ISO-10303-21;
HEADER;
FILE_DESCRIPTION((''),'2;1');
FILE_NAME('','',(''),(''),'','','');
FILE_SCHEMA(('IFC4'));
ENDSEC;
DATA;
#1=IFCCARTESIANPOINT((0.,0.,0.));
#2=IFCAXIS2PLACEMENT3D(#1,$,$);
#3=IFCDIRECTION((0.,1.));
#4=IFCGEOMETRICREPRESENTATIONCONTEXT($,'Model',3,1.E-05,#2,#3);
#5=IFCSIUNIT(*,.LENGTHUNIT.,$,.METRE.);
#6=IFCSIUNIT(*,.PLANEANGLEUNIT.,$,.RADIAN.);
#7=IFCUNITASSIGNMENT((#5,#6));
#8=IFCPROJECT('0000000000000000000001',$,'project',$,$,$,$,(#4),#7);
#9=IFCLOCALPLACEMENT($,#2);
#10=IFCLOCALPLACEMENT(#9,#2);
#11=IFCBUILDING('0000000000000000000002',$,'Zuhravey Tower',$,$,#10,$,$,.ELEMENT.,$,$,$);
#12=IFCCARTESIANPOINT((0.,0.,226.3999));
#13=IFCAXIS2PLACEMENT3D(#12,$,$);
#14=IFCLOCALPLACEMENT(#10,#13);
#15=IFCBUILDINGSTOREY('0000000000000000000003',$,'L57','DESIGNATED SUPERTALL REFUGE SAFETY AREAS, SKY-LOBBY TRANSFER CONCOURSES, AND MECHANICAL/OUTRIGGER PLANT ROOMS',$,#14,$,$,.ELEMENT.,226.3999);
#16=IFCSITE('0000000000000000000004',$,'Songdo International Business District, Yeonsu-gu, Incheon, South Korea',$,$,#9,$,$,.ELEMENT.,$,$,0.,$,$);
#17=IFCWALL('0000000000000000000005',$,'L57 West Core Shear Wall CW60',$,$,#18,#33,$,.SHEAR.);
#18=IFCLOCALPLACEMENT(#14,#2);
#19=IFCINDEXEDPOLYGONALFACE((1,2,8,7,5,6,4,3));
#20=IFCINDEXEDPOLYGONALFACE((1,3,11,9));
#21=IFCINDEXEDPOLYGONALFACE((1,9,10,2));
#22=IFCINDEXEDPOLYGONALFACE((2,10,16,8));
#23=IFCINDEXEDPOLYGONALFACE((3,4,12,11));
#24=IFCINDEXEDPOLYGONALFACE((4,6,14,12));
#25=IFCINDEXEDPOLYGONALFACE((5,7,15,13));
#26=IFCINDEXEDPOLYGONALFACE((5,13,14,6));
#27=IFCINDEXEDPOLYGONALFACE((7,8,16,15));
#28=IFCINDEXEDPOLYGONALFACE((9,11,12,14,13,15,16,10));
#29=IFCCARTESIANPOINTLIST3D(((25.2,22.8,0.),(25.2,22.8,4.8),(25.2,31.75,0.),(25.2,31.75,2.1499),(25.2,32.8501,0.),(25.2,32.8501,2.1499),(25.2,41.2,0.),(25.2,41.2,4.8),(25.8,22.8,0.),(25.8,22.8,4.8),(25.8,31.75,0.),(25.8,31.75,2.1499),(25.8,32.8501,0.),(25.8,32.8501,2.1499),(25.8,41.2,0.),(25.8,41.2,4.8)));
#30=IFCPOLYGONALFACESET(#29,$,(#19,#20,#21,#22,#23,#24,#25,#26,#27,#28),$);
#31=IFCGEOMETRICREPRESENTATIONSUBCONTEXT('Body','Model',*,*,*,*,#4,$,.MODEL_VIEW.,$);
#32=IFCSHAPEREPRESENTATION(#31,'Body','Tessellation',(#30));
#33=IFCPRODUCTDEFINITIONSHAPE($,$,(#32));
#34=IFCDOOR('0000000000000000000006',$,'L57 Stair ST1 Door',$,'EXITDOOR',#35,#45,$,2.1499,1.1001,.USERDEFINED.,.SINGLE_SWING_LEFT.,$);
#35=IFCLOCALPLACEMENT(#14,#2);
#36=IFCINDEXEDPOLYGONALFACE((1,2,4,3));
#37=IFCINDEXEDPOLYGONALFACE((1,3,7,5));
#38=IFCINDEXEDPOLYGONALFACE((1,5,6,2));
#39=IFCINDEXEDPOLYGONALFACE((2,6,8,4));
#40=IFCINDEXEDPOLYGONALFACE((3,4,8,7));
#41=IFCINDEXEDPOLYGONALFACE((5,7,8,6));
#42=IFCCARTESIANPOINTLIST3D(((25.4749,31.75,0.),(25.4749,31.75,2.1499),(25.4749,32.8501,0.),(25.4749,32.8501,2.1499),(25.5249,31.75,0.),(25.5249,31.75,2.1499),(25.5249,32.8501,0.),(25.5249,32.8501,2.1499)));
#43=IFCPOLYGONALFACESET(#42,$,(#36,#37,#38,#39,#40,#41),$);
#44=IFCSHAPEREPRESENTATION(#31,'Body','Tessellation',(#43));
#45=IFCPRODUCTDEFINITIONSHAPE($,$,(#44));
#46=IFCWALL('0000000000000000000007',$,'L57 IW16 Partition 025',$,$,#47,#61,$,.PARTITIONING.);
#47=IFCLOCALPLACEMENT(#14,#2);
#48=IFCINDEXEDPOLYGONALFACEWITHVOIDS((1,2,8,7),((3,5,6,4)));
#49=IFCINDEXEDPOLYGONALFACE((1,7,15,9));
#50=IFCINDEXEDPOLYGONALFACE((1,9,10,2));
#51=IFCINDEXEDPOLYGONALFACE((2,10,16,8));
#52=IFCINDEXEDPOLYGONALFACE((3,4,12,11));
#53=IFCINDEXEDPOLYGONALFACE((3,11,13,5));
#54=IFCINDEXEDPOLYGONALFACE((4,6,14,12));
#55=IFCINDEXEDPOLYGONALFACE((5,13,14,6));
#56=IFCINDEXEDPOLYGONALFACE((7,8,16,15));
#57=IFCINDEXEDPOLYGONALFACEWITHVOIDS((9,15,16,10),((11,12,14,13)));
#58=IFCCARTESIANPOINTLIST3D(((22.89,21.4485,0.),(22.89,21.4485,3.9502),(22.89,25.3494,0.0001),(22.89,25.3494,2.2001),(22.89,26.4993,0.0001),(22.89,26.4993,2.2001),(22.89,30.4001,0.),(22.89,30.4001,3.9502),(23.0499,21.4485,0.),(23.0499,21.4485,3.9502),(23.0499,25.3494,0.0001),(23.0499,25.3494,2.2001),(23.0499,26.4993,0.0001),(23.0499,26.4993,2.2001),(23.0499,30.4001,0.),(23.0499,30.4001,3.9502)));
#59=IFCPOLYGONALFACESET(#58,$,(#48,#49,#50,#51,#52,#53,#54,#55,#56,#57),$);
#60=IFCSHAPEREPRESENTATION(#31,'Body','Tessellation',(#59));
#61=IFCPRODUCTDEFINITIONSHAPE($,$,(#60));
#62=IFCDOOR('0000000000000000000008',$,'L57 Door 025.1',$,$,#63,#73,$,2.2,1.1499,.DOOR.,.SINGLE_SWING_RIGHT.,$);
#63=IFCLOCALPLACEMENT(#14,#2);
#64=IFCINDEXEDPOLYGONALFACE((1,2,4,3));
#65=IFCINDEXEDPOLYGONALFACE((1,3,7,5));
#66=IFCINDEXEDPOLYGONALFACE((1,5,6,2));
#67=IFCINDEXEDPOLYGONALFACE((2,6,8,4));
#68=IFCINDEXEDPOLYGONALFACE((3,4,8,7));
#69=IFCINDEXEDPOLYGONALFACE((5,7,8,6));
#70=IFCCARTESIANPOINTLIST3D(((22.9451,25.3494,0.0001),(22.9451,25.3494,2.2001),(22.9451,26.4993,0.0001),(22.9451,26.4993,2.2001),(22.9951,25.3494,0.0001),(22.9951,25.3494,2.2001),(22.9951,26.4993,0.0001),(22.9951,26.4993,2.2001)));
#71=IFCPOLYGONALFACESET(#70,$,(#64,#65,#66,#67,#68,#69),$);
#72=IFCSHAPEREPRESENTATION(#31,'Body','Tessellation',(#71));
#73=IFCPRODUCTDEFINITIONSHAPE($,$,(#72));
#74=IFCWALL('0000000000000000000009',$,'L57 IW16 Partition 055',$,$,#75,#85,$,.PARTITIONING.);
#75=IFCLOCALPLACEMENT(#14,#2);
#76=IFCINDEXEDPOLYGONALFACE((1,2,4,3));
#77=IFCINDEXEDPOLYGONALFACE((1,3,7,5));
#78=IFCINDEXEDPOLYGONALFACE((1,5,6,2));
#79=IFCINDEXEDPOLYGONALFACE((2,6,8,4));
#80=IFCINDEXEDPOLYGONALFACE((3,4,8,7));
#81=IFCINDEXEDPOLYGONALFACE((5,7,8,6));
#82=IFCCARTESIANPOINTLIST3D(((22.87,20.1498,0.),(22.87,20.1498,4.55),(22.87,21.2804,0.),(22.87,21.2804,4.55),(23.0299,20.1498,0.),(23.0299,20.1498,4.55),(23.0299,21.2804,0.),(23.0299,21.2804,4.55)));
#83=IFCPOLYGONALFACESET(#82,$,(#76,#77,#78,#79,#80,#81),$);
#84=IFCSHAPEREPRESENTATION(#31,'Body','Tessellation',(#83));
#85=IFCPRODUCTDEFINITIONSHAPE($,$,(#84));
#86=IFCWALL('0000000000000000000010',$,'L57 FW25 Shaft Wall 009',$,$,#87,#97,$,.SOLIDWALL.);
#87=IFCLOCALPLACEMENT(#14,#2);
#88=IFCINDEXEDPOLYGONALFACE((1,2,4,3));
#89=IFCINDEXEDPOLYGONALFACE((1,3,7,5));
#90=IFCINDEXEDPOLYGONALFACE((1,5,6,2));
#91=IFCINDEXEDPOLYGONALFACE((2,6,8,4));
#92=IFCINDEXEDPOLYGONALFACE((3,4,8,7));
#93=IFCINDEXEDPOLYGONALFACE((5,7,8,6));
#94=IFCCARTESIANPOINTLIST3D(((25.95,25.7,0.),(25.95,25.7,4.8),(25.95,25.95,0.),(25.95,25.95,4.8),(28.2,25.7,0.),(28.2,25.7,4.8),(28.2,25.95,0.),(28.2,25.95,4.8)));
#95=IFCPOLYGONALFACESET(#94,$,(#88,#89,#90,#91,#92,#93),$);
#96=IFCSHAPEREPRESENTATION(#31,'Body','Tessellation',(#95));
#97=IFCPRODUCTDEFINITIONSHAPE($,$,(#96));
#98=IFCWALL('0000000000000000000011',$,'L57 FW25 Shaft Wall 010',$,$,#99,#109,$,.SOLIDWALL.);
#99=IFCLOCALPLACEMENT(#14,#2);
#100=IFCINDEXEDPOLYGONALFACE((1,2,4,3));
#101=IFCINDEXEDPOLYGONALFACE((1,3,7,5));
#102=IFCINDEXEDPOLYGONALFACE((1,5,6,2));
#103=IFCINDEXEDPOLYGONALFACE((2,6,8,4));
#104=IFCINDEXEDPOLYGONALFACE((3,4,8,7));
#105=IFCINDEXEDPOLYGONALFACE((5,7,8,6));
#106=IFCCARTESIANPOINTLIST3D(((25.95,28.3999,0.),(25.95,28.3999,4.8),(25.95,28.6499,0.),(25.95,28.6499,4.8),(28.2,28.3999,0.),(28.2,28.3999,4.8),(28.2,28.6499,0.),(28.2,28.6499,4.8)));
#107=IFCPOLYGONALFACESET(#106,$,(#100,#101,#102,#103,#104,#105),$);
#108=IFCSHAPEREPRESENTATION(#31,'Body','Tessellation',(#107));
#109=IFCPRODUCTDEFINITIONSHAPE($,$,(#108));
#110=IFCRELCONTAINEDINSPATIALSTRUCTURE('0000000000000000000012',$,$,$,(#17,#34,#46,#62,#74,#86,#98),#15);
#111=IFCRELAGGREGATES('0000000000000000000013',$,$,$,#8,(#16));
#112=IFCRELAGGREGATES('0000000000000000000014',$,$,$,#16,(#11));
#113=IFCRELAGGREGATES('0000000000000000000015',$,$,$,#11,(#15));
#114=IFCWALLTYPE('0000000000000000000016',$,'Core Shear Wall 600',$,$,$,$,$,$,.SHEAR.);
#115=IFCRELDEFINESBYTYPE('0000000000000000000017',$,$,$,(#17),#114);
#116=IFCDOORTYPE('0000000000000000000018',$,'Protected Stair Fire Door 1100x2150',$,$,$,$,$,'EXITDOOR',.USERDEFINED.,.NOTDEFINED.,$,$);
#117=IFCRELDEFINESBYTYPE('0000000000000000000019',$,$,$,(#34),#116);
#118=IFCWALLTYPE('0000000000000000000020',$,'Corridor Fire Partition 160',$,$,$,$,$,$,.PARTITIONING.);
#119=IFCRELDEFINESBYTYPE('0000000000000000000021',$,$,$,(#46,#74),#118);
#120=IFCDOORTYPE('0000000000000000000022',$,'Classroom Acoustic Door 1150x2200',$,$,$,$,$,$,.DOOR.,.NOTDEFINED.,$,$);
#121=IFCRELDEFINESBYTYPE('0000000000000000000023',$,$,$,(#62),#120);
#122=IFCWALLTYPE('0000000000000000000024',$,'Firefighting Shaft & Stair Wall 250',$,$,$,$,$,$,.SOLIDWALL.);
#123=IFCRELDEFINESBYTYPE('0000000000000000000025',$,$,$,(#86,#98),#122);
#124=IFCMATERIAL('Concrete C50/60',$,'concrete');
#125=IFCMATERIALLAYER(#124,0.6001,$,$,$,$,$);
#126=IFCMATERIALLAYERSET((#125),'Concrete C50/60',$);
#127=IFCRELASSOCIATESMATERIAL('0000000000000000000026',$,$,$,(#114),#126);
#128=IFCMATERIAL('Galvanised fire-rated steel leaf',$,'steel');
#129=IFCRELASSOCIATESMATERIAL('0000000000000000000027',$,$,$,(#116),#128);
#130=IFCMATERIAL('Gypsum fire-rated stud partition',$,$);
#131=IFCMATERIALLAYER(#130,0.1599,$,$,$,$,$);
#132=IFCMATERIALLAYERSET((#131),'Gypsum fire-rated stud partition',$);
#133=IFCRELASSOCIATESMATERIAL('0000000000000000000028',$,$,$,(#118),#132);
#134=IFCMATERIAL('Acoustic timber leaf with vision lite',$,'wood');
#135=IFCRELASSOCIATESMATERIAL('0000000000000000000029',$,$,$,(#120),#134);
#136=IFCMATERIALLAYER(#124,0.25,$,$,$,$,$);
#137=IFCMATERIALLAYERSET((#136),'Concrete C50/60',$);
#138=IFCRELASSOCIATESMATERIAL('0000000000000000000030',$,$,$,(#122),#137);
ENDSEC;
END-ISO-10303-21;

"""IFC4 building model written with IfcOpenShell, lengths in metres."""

from ifc_helpers import new_model, si_unit, direction, frame, frame_2d, origin, place, context, subcontext, project, spatial, rectangle, extrude, material, layer, layer_set, type_object, element, fill, save


model = new_model("IFC4")

# Units and contexts
model_context = context("Model", 3, precision=1e-05, world=origin(), true_north=direction((0.0, 1.0)))
body_context = subcontext(model_context, "Body", "Model", "MODEL_VIEW")
ifc_project = project(units=[si_unit("LENGTHUNIT", "METRE"), si_unit("PLANEANGLEUNIT", "RADIAN")], contexts=[model_context])

# Site, building, storey
site_placement = place(None, origin())
site = spatial("IfcSite", under=ifc_project, at=site_placement, Name="Songdo International Business District, Yeonsu-gu, Incheon, South Korea", CompositionType="ELEMENT", RefElevation=0.0)
building_placement = place(site_placement, origin())
building = spatial("IfcBuilding", under=site, at=building_placement, Name="Zuhravey Tower", CompositionType="ELEMENT")
storey_placement = place(building_placement, frame((0.0, 0.0, 226.3999)))
storey = spatial("IfcBuildingStorey", under=building, at=storey_placement, Name="L57", Description="DESIGNATED SUPERTALL REFUGE SAFETY AREAS, SKY-LOBBY TRANSFER CONCOURSES, AND MECHANICAL/OUTRIGGER PLANT ROOMS", CompositionType="ELEMENT", Elevation=226.3999)

# Shared definitions
ifc_material_1 = material(Name="Concrete C50/60", Category="concrete")

# Walls, openings, doors
ifc_layer_1 = layer(ifc_material_1, 0.6001)
ifc_layer_set_1 = layer_set([ifc_layer_1], Name="Concrete C50/60")
wall_type_1 = type_object("IfcWallType", Name="Core Shear Wall 600", PredefinedType="SHEAR", material=ifc_layer_set_1)
ifc_material_2 = material(Name="Galvanised fire-rated steel leaf", Category="steel")
wall_1_placement = place(storey_placement, frame((25.5, 22.8, 0.0), z_axis=(0.0, 0.0, 1.0), x_axis=(0.0, 1.0, 0.0)))
wall_1 = element("IfcWall", 1, at=wall_1_placement, inside=storey, type_object=wall_type_1, Name="L57 West Core Shear Wall CW60", PredefinedType="SHEAR", context=body_context, shape_type="SweptSolid", body=[
    extrude(rectangle(XDim=18.3999, YDim=0.6001, at=frame_2d((9.2, 0.0))), origin(), (0.0, 0.0, 1.0), 4.8),
])
opening_1_placement = place(wall_1_placement, frame((8.95, 0.0, 0.0)))
opening_1 = element("IfcOpeningElement", 2, at=opening_1_placement, cuts=wall_1, PredefinedType="OPENING", context=body_context, shape_type="SweptSolid", body=[
    extrude(rectangle(XDim=1.1001, YDim=2.1499, at=frame_2d((0.55, 1.075))), frame((0.0, 0.312, 0.0), z_axis=(0.0, -1.0, 0.0), x_axis=(1.0, 0.0, 0.0)), (0.0, 0.0, 1.0), 0.624),
])
door_type_1 = type_object("IfcDoorType", Name="Protected Stair Fire Door 1100x2150", ElementType="EXITDOOR", OperationType="NOTDEFINED", PredefinedType="USERDEFINED", material=ifc_material_2)
door_1_placement = place(opening_1_placement, frame((1.1001, 0.0, 0.0), z_axis=(0.0, 0.0, 1.0), x_axis=(-1.0, 0.0, 0.0)))
door_1 = element("IfcDoor", 3, at=door_1_placement, inside=storey, type_object=door_type_1, Name="L57 Stair ST1 Door", ObjectType="EXITDOOR", OperationType="SINGLE_SWING_LEFT", OverallHeight=2.1499, OverallWidth=1.1001, PredefinedType="USERDEFINED", context=body_context, shape_type="SweptSolid", body=[
    extrude(rectangle(XDim=1.1001, YDim=2.1499, at=frame_2d((0.55, 1.075))), frame((0.0, 0.0249, 0.0), z_axis=(0.0, -1.0, 0.0), x_axis=(1.0, 0.0, 0.0)), (0.0, 0.0, 1.0), 0.05),
])
fill(opening_1, door_1)
ifc_material_3 = material(Name="Gypsum fire-rated stud partition")
ifc_layer_2 = layer(ifc_material_3, 0.1599)
ifc_layer_set_2 = layer_set([ifc_layer_2], Name="Gypsum fire-rated stud partition")
wall_type_2 = type_object("IfcWallType", Name="Corridor Fire Partition 160", PredefinedType="PARTITIONING", material=ifc_layer_set_2)
wall_2_placement = place(storey_placement, frame((22.97, 30.4001, 0.0), z_axis=(0.0, 0.0, 1.0), x_axis=(0.0, -1.0, 0.0)))
wall_2 = element("IfcWall", 4, at=wall_2_placement, inside=storey, type_object=wall_type_2, Name="L57 IW16 Partition 025", PredefinedType="PARTITIONING", context=body_context, shape_type="SweptSolid", body=[
    extrude(rectangle(XDim=8.9517, YDim=0.1599, at=frame_2d((4.4758, 0.0))), origin(), (0.0, 0.0, 1.0), 3.9502),
])
opening_2_placement = place(wall_2_placement, frame((3.9009, 0.0, 0.0)))
opening_2 = element("IfcOpeningElement", 5, at=opening_2_placement, cuts=wall_2, PredefinedType="OPENING", context=body_context, shape_type="SweptSolid", body=[
    extrude(rectangle(XDim=1.1499, YDim=2.2, at=frame_2d((0.575, 1.1001))), frame((0.0, 0.092, 0.0), z_axis=(0.0, -1.0, 0.0), x_axis=(1.0, 0.0, 0.0)), (0.0, 0.0, 1.0), 0.1838),
])
ifc_material_4 = material(Name="Acoustic timber leaf with vision lite", Category="wood")
door_type_2 = type_object("IfcDoorType", Name="Classroom Acoustic Door 1150x2200", OperationType="NOTDEFINED", PredefinedType="DOOR", material=ifc_material_4)
door_2_placement = place(opening_2_placement, frame((1.1499, 0.0, 0.0), z_axis=(0.0, 0.0, 1.0), x_axis=(-1.0, 0.0, 0.0)))
door_2 = element("IfcDoor", 6, at=door_2_placement, inside=storey, type_object=door_type_2, Name="L57 Door 025.1", OperationType="SINGLE_SWING_RIGHT", OverallHeight=2.2, OverallWidth=1.1499, PredefinedType="DOOR", context=body_context, shape_type="SweptSolid", body=[
    extrude(rectangle(XDim=1.1499, YDim=2.2, at=frame_2d((0.575, 1.1001))), frame((0.0, 0.0249, 0.0), z_axis=(0.0, -1.0, 0.0), x_axis=(1.0, 0.0, 0.0)), (0.0, 0.0, 1.0), 0.05),
])
fill(opening_2, door_2)

# Wall
wall_3_placement = place(storey_placement, frame((22.95, 21.2805, 0.0), z_axis=(0.0, 0.0, 1.0), x_axis=(0.0, -1.0, 0.0)))
element("IfcWall", 7, at=wall_3_placement, inside=storey, type_object=wall_type_2, Name="L57 IW16 Partition 055", PredefinedType="PARTITIONING", context=body_context, shape_type="SweptSolid", body=[
    extrude(rectangle(XDim=1.1306, YDim=0.1599, at=frame_2d((0.5654, 0.0))), origin(), (0.0, 0.0, 1.0), 4.55),
])

# Shared definitions
ifc_layer_3 = layer(ifc_material_1, 0.25)
ifc_layer_set_3 = layer_set([ifc_layer_3], Name="Concrete C50/60")
wall_type_3 = type_object("IfcWallType", Name="Firefighting Shaft & Stair Wall 250", PredefinedType="SOLIDWALL", material=ifc_layer_set_3)

# Walls
for number, where, z_axis, x_axis, name in (
    (8, (25.95, 25.825, 0.0), (0.0, 0.0, 1.0), (1.0, 0.0, 0.0), "L57 FW25 Shaft Wall 009"),
    (9, (25.95, 28.5249, 0.0), (0.0, 0.0, 1.0), (1.0, 0.0, 0.0), "L57 FW25 Shaft Wall 010"),
):
    element("IfcWall", number, at=place(storey_placement, frame(where, z_axis=z_axis, x_axis=x_axis)), inside=storey, type_object=wall_type_3, Name=name, PredefinedType="SOLIDWALL", context=body_context, shape_type="SweptSolid", body=[
        extrude(rectangle(XDim=2.25, YDim=0.25, at=frame_2d((1.125, 0.0))), origin(), (0.0, 0.0, 1.0), 4.8),
    ])

save(model, "model.ifc")
